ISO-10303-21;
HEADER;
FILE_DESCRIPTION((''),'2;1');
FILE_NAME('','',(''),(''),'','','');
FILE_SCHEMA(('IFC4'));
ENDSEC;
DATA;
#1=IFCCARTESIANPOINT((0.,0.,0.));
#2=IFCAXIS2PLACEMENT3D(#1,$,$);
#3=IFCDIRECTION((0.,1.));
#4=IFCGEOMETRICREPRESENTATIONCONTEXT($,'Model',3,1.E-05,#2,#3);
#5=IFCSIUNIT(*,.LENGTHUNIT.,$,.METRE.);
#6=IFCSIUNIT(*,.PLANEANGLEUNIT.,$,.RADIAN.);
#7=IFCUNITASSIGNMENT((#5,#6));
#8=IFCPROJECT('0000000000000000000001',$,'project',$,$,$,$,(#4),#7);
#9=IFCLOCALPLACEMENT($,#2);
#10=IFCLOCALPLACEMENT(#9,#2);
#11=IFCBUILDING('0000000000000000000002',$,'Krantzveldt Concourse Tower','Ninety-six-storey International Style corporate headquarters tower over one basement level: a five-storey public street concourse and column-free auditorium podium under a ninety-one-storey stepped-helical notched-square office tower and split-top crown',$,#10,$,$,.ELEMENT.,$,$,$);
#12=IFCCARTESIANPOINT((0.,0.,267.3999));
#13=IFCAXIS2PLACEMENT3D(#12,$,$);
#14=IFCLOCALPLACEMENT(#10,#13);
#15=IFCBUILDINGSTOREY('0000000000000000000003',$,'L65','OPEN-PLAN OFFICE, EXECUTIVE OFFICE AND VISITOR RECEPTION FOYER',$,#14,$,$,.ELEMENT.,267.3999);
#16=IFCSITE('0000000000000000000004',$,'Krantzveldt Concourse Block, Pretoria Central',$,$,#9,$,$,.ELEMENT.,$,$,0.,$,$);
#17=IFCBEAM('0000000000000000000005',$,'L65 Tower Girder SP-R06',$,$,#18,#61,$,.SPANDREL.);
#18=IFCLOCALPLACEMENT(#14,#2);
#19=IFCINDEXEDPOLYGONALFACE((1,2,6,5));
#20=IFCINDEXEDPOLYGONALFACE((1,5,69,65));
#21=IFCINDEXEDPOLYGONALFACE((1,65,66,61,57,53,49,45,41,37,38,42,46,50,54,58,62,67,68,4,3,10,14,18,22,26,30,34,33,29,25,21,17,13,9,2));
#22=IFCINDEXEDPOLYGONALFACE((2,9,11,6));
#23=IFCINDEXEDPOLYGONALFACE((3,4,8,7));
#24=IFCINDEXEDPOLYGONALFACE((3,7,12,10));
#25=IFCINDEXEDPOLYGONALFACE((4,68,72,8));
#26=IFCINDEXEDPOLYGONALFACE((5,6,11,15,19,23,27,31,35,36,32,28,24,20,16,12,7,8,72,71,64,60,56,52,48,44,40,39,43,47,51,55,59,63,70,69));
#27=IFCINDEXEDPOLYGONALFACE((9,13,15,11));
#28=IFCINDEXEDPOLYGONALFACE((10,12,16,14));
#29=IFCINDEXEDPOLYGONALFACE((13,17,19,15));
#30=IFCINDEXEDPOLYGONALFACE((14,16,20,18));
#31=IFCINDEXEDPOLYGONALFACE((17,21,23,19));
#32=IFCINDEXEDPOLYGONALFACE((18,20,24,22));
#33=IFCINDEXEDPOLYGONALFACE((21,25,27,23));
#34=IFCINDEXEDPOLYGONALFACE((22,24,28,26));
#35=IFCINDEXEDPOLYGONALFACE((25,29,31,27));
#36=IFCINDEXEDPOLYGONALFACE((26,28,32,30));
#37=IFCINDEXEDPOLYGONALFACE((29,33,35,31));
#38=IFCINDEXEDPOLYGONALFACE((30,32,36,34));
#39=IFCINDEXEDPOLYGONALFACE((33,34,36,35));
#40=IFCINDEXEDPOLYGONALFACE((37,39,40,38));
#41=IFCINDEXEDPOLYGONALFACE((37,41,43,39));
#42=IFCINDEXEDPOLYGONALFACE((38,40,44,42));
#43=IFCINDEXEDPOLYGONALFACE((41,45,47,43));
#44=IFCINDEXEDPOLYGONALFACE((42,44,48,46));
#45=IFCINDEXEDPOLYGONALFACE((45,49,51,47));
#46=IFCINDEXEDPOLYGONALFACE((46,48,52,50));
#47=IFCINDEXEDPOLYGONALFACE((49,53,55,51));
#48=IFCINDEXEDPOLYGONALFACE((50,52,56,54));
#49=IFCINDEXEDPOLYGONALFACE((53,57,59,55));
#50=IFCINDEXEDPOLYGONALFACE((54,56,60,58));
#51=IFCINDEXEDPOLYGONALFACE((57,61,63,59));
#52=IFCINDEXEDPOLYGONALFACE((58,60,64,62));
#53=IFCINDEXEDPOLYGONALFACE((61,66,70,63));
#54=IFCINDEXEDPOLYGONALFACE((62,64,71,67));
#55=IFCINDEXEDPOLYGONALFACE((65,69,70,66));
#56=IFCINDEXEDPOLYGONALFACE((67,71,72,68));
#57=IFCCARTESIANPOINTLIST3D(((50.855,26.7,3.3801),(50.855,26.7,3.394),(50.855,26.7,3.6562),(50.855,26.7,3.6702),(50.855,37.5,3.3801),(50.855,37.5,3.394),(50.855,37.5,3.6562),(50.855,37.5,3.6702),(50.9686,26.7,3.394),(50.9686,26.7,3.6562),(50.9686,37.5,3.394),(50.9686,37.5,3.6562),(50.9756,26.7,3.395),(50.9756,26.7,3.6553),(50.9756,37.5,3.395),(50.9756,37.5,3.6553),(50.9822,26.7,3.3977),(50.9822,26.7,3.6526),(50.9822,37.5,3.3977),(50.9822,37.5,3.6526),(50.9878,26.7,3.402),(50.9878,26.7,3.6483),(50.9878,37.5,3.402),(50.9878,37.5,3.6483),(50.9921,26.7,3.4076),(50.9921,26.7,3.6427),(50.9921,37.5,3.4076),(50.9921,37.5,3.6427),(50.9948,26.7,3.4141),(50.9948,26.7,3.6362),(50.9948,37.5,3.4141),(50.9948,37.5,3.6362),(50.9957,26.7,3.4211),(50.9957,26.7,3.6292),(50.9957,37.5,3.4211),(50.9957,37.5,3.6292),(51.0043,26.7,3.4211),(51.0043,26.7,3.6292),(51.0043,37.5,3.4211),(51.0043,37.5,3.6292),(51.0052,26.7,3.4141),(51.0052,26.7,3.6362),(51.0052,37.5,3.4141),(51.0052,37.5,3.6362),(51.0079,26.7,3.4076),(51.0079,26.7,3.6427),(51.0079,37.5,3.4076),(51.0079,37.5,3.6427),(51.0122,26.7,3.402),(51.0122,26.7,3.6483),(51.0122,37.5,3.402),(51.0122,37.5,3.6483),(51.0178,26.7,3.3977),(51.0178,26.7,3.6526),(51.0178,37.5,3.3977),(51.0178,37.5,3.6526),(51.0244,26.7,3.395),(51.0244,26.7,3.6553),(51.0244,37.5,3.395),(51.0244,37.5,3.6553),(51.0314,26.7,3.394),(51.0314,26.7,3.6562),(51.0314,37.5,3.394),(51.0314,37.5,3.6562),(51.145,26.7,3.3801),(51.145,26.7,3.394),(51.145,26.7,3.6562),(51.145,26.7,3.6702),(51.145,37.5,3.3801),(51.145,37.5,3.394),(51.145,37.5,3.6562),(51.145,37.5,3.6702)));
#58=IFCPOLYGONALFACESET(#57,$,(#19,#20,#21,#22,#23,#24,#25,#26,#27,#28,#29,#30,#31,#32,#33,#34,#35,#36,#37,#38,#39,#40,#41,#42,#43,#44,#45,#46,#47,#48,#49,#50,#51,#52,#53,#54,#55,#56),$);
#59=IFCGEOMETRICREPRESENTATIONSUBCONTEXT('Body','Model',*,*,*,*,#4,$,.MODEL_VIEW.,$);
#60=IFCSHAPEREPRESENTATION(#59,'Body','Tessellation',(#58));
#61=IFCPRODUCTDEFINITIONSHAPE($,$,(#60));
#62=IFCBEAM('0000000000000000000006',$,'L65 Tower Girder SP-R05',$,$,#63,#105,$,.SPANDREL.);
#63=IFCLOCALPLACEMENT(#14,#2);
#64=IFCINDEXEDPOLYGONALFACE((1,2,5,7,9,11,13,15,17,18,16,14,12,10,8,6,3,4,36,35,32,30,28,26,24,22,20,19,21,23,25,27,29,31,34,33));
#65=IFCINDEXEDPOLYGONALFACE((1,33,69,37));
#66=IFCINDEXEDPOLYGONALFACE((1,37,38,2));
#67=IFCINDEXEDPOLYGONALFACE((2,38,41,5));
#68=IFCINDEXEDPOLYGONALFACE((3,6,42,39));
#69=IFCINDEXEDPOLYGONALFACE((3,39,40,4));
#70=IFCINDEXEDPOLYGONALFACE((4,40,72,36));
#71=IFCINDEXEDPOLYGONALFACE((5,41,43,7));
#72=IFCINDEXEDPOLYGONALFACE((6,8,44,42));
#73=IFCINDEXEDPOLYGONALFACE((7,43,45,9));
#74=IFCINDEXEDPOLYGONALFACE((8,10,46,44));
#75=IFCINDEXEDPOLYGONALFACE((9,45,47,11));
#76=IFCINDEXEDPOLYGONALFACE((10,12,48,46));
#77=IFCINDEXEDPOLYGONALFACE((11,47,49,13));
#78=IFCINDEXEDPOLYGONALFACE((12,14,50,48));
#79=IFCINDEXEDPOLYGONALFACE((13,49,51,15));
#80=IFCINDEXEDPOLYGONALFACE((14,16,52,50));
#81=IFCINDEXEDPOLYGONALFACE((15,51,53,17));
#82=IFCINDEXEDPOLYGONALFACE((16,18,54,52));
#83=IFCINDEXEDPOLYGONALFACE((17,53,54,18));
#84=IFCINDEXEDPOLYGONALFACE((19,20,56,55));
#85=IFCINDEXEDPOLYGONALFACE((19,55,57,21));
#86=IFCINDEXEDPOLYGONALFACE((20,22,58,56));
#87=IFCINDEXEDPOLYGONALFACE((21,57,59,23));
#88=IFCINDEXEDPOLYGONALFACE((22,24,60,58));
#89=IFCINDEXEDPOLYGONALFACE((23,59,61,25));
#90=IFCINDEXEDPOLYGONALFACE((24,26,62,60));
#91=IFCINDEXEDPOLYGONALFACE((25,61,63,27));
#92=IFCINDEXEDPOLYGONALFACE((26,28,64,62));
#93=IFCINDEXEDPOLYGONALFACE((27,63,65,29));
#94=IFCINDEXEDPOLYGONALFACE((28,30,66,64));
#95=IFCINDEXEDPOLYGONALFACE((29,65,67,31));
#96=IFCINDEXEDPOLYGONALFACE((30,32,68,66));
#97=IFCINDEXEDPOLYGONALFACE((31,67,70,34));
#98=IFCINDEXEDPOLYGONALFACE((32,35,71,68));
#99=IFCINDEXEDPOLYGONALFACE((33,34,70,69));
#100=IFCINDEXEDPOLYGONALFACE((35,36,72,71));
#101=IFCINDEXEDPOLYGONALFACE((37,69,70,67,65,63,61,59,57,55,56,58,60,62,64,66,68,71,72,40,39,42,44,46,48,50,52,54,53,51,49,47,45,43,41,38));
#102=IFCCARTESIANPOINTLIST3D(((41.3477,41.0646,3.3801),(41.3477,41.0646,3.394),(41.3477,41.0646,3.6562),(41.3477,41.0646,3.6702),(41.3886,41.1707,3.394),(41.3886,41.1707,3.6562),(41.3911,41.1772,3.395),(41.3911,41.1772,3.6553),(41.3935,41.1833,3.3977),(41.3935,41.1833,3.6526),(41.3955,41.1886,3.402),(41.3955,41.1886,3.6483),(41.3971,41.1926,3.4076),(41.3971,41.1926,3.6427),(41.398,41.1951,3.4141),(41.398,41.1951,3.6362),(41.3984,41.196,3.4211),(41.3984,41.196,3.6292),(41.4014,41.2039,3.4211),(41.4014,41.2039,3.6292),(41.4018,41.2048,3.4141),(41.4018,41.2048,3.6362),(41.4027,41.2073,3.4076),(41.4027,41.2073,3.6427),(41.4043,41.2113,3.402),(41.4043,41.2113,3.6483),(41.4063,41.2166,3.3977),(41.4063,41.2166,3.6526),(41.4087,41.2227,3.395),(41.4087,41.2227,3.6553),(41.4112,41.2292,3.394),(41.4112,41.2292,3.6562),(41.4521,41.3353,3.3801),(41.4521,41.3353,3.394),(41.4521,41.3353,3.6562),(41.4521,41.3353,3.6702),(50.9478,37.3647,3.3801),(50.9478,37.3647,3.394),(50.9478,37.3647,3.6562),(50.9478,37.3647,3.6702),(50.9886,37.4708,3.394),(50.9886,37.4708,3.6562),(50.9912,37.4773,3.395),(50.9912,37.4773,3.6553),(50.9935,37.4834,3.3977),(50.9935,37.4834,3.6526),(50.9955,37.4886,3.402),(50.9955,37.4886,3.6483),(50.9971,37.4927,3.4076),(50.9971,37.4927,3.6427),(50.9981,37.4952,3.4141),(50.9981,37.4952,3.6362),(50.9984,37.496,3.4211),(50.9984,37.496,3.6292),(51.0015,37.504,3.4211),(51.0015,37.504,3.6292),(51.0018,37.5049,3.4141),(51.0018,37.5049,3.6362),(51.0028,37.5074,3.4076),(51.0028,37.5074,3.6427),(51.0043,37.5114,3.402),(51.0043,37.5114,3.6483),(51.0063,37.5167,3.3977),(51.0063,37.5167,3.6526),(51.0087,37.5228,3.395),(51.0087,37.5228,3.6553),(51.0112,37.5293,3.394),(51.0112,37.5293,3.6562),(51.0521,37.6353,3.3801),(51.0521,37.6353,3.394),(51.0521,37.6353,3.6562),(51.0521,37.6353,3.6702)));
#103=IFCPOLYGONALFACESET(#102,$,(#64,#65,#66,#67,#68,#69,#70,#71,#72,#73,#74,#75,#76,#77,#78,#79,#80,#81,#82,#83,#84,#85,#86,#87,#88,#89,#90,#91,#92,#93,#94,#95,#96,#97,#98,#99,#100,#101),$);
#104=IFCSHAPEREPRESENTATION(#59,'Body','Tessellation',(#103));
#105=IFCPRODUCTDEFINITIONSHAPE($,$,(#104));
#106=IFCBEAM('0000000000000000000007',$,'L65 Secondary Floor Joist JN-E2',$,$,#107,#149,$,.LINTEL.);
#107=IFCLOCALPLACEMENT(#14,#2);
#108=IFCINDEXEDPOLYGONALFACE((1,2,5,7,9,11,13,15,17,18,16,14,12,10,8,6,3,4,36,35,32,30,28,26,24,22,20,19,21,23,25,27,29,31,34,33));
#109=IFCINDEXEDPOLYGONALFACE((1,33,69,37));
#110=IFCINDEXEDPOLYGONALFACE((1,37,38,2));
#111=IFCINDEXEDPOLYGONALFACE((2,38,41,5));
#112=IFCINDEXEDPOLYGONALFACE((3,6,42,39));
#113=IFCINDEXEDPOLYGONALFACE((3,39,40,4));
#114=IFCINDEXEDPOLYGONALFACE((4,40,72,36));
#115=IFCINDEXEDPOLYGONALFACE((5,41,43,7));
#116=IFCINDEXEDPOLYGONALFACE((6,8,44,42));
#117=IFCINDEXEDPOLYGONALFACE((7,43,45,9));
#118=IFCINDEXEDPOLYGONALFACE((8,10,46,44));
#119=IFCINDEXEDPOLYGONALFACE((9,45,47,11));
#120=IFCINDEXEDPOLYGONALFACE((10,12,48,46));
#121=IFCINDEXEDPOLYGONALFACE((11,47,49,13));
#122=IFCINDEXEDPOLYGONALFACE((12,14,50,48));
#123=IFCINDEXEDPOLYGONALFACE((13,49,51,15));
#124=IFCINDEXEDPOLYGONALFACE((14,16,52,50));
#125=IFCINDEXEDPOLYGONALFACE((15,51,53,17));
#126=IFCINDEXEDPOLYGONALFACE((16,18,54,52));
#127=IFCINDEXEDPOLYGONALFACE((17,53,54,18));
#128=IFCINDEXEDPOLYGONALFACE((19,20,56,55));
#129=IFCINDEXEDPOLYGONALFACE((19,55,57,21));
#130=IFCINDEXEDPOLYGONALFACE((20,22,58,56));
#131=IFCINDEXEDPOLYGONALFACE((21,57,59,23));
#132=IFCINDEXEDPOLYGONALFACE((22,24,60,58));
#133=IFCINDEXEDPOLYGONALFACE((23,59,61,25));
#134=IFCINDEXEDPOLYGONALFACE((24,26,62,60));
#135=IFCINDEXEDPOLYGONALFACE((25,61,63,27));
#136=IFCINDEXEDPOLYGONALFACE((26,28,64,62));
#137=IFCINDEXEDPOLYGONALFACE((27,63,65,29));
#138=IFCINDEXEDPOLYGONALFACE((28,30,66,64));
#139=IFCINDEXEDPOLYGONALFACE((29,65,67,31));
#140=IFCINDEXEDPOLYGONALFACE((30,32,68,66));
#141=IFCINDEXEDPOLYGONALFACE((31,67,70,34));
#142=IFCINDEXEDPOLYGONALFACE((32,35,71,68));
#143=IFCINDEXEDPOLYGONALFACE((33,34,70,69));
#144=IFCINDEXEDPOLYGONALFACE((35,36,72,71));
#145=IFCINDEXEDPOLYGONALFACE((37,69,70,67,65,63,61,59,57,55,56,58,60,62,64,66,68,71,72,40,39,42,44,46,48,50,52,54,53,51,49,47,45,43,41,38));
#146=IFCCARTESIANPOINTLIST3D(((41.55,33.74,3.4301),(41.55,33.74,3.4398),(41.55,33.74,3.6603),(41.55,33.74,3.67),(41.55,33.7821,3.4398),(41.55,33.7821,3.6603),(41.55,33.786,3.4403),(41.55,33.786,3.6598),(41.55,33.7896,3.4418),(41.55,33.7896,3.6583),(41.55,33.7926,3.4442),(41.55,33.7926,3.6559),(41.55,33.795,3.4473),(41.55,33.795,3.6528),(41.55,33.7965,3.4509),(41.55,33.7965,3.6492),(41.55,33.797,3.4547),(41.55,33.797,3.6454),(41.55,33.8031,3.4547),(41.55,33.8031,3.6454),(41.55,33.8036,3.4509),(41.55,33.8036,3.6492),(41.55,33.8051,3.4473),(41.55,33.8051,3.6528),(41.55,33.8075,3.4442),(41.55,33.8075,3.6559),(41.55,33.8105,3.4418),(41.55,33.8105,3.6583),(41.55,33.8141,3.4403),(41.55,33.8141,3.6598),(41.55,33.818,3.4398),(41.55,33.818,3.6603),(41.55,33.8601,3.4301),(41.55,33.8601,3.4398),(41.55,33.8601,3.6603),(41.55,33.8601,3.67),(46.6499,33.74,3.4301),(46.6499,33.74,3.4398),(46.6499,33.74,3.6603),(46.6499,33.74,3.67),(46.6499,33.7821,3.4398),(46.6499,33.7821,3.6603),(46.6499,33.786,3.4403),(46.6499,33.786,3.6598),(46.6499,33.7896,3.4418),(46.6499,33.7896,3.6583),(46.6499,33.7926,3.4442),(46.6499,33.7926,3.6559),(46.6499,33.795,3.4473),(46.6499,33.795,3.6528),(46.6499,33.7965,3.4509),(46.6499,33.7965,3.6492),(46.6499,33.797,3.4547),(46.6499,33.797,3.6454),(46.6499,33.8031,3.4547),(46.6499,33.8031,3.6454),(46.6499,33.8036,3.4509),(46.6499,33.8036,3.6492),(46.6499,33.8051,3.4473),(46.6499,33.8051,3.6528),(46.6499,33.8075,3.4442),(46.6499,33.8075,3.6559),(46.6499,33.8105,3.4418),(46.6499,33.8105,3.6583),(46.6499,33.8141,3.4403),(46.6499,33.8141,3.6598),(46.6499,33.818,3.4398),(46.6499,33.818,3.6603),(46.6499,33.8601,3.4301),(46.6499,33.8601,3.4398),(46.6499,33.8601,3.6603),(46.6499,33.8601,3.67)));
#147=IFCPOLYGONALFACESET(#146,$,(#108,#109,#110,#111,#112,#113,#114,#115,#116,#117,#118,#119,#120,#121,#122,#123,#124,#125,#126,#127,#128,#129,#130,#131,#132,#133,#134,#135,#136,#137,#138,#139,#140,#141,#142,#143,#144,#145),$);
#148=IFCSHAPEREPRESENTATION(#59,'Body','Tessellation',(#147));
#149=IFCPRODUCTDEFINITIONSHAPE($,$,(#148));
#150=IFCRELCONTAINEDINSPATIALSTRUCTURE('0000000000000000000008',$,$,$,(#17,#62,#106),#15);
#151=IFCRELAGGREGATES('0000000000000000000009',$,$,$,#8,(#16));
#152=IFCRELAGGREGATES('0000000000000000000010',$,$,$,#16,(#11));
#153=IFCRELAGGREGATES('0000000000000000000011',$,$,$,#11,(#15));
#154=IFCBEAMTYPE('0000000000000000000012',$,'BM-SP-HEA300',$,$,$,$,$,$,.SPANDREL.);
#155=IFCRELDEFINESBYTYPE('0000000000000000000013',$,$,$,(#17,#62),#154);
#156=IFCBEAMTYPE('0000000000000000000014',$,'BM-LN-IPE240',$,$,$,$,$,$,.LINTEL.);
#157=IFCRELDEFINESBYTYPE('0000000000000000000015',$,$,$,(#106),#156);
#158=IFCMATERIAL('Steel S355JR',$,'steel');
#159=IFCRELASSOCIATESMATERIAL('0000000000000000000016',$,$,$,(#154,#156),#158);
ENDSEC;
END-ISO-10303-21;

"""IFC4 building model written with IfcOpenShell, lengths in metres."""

from ifc_helpers import new_model, si_unit, direction, frame, origin, origin_2d, place, context, subcontext, project, spatial, i_section, extrude, source, transform, mapped, material, material_profile, profile_set, type_object, type_shapes, element, save


model = new_model("IFC4")

# Units and contexts
model_context = context("Model", 3, precision=1e-05, world=origin(), true_north=direction((0.0, 1.0)))
body_context = subcontext(model_context, "Body", "Model", "MODEL_VIEW")
ifc_project = project(units=[si_unit("LENGTHUNIT", "METRE"), si_unit("PLANEANGLEUNIT", "RADIAN")], contexts=[model_context])

# Site, building, storey
site_placement = place(None, origin())
site = spatial("IfcSite", under=ifc_project, at=site_placement, Name="Krantzveldt Concourse Block, Pretoria Central", CompositionType="ELEMENT", RefElevation=0.0)
building_placement = place(site_placement, origin())
building = spatial("IfcBuilding", under=site, at=building_placement, Name="Krantzveldt Concourse Tower", Description="Ninety-six-storey International Style corporate headquarters tower over one basement level: a five-storey public street concourse and column-free auditorium podium under a ninety-one-storey stepped-helical notched-square office tower and split-top crown", CompositionType="ELEMENT")
storey_placement = place(building_placement, frame((0.0, 0.0, 267.3999)))
storey = spatial("IfcBuildingStorey", under=building, at=storey_placement, Name="L65", Description="OPEN-PLAN OFFICE, EXECUTIVE OFFICE AND VISITOR RECEPTION FOYER", CompositionType="ELEMENT", Elevation=267.3999)

# Beams
ifc_material_1 = material(Name="Steel S355JR", Category="steel")
ifc_material_profile_1 = material_profile(ifc_material_1, i_section(OverallWidth=0.29, OverallDepth=0.29, WebThickness=0.0085, FlangeThickness=0.0139, FilletRadius=0.0271, at=origin_2d()), Name="Steel S355JR", Category="steel")
ifc_profile_set_1 = profile_set([ifc_material_profile_1], Name="Steel S355JR - HEA 300")
beam_type_1 = type_object("IfcBeamType", Name="BM-SP-HEA300", PredefinedType="SPANDREL", material=ifc_profile_set_1)
shared_shape_1 = source(origin(), body_context, "Body", "SweptSolid", [
    extrude(i_section(OverallWidth=0.29, OverallDepth=0.29, WebThickness=0.0085, FlangeThickness=0.0139, FilletRadius=0.0271, at=origin_2d()), origin(), (0.0, 0.0, 1.0), 10.8),
])
beam_1_placement = place(storey_placement, frame((51.0, 37.5, 3.5251), z_axis=(0.0, -1.0, 0.0), x_axis=(1.0, 0.0, 0.0)))
element("IfcBeam", 1, at=beam_1_placement, inside=storey, type_object=beam_type_1, Name="L65 Tower Girder SP-R06", PredefinedType="SPANDREL", context=body_context, shape_type="MappedRepresentation", body=[
    mapped(shared_shape_1, transform((0.0, 0.0, 0.0), x_axis=(1.0, 0.0, 0.0), y_axis=(0.0, 1.0, 0.0), z_axis=(0.0, 0.0, 1.0), scale=1.0)),
])
shared_shape_2 = source(origin(), body_context, "Body", "SweptSolid", [
    extrude(i_section(OverallWidth=0.29, OverallDepth=0.29, WebThickness=0.0085, FlangeThickness=0.0139, FilletRadius=0.0271, at=origin_2d()), origin(), (0.0, 0.0, 1.0), 10.2883),
])
type_shapes(beam_type_1, [shared_shape_1, shared_shape_2])
beam_2_placement = place(storey_placement, frame((41.3999, 41.2, 3.5251), z_axis=(0.933098, -0.359623, 0.0), x_axis=(0.359623, 0.933098, 0.0)))
element("IfcBeam", 2, at=beam_2_placement, inside=storey, type_object=beam_type_1, Name="L65 Tower Girder SP-R05", PredefinedType="SPANDREL", context=body_context, shape_type="MappedRepresentation", body=[
    mapped(shared_shape_2, transform((0.0, 0.0, 0.0), x_axis=(1.0, 0.0, 0.0), y_axis=(0.0, 1.0, 0.0), z_axis=(0.0, 0.0, 1.0), scale=1.0)),
])
ifc_material_profile_2 = material_profile(ifc_material_1, i_section(OverallWidth=0.1201, OverallDepth=0.24, WebThickness=0.0061, FlangeThickness=0.0098, FilletRadius=0.0149, at=origin_2d()), Name="Steel S355JR", Category="steel")
ifc_profile_set_2 = profile_set([ifc_material_profile_2], Name="Steel S355JR - IPE 240")
beam_type_2 = type_object("IfcBeamType", Name="BM-LN-IPE240", PredefinedType="LINTEL", material=ifc_profile_set_2)
shared_shape_3 = source(origin(), body_context, "Body", "SweptSolid", [
    extrude(i_section(OverallWidth=0.1201, OverallDepth=0.24, WebThickness=0.0061, FlangeThickness=0.0098, FilletRadius=0.0149, at=origin_2d()), origin(), (0.0, 0.0, 1.0), 5.0999),
])
type_shapes(beam_type_2, [shared_shape_3])
beam_3_placement = place(storey_placement, frame((41.55, 33.8, 3.55), z_axis=(1.0, 0.0, 0.0), x_axis=(0.0, 1.0, 0.0)))
element("IfcBeam", 3, at=beam_3_placement, inside=storey, type_object=beam_type_2, Name="L65 Secondary Floor Joist JN-E2", PredefinedType="LINTEL", context=body_context, shape_type="MappedRepresentation", body=[
    mapped(shared_shape_3, transform((0.0, 0.0, 0.0), x_axis=(1.0, 0.0, 0.0), y_axis=(0.0, 1.0, 0.0), z_axis=(0.0, 0.0, 1.0), scale=1.0)),
])

save(model, "model.ifc")
